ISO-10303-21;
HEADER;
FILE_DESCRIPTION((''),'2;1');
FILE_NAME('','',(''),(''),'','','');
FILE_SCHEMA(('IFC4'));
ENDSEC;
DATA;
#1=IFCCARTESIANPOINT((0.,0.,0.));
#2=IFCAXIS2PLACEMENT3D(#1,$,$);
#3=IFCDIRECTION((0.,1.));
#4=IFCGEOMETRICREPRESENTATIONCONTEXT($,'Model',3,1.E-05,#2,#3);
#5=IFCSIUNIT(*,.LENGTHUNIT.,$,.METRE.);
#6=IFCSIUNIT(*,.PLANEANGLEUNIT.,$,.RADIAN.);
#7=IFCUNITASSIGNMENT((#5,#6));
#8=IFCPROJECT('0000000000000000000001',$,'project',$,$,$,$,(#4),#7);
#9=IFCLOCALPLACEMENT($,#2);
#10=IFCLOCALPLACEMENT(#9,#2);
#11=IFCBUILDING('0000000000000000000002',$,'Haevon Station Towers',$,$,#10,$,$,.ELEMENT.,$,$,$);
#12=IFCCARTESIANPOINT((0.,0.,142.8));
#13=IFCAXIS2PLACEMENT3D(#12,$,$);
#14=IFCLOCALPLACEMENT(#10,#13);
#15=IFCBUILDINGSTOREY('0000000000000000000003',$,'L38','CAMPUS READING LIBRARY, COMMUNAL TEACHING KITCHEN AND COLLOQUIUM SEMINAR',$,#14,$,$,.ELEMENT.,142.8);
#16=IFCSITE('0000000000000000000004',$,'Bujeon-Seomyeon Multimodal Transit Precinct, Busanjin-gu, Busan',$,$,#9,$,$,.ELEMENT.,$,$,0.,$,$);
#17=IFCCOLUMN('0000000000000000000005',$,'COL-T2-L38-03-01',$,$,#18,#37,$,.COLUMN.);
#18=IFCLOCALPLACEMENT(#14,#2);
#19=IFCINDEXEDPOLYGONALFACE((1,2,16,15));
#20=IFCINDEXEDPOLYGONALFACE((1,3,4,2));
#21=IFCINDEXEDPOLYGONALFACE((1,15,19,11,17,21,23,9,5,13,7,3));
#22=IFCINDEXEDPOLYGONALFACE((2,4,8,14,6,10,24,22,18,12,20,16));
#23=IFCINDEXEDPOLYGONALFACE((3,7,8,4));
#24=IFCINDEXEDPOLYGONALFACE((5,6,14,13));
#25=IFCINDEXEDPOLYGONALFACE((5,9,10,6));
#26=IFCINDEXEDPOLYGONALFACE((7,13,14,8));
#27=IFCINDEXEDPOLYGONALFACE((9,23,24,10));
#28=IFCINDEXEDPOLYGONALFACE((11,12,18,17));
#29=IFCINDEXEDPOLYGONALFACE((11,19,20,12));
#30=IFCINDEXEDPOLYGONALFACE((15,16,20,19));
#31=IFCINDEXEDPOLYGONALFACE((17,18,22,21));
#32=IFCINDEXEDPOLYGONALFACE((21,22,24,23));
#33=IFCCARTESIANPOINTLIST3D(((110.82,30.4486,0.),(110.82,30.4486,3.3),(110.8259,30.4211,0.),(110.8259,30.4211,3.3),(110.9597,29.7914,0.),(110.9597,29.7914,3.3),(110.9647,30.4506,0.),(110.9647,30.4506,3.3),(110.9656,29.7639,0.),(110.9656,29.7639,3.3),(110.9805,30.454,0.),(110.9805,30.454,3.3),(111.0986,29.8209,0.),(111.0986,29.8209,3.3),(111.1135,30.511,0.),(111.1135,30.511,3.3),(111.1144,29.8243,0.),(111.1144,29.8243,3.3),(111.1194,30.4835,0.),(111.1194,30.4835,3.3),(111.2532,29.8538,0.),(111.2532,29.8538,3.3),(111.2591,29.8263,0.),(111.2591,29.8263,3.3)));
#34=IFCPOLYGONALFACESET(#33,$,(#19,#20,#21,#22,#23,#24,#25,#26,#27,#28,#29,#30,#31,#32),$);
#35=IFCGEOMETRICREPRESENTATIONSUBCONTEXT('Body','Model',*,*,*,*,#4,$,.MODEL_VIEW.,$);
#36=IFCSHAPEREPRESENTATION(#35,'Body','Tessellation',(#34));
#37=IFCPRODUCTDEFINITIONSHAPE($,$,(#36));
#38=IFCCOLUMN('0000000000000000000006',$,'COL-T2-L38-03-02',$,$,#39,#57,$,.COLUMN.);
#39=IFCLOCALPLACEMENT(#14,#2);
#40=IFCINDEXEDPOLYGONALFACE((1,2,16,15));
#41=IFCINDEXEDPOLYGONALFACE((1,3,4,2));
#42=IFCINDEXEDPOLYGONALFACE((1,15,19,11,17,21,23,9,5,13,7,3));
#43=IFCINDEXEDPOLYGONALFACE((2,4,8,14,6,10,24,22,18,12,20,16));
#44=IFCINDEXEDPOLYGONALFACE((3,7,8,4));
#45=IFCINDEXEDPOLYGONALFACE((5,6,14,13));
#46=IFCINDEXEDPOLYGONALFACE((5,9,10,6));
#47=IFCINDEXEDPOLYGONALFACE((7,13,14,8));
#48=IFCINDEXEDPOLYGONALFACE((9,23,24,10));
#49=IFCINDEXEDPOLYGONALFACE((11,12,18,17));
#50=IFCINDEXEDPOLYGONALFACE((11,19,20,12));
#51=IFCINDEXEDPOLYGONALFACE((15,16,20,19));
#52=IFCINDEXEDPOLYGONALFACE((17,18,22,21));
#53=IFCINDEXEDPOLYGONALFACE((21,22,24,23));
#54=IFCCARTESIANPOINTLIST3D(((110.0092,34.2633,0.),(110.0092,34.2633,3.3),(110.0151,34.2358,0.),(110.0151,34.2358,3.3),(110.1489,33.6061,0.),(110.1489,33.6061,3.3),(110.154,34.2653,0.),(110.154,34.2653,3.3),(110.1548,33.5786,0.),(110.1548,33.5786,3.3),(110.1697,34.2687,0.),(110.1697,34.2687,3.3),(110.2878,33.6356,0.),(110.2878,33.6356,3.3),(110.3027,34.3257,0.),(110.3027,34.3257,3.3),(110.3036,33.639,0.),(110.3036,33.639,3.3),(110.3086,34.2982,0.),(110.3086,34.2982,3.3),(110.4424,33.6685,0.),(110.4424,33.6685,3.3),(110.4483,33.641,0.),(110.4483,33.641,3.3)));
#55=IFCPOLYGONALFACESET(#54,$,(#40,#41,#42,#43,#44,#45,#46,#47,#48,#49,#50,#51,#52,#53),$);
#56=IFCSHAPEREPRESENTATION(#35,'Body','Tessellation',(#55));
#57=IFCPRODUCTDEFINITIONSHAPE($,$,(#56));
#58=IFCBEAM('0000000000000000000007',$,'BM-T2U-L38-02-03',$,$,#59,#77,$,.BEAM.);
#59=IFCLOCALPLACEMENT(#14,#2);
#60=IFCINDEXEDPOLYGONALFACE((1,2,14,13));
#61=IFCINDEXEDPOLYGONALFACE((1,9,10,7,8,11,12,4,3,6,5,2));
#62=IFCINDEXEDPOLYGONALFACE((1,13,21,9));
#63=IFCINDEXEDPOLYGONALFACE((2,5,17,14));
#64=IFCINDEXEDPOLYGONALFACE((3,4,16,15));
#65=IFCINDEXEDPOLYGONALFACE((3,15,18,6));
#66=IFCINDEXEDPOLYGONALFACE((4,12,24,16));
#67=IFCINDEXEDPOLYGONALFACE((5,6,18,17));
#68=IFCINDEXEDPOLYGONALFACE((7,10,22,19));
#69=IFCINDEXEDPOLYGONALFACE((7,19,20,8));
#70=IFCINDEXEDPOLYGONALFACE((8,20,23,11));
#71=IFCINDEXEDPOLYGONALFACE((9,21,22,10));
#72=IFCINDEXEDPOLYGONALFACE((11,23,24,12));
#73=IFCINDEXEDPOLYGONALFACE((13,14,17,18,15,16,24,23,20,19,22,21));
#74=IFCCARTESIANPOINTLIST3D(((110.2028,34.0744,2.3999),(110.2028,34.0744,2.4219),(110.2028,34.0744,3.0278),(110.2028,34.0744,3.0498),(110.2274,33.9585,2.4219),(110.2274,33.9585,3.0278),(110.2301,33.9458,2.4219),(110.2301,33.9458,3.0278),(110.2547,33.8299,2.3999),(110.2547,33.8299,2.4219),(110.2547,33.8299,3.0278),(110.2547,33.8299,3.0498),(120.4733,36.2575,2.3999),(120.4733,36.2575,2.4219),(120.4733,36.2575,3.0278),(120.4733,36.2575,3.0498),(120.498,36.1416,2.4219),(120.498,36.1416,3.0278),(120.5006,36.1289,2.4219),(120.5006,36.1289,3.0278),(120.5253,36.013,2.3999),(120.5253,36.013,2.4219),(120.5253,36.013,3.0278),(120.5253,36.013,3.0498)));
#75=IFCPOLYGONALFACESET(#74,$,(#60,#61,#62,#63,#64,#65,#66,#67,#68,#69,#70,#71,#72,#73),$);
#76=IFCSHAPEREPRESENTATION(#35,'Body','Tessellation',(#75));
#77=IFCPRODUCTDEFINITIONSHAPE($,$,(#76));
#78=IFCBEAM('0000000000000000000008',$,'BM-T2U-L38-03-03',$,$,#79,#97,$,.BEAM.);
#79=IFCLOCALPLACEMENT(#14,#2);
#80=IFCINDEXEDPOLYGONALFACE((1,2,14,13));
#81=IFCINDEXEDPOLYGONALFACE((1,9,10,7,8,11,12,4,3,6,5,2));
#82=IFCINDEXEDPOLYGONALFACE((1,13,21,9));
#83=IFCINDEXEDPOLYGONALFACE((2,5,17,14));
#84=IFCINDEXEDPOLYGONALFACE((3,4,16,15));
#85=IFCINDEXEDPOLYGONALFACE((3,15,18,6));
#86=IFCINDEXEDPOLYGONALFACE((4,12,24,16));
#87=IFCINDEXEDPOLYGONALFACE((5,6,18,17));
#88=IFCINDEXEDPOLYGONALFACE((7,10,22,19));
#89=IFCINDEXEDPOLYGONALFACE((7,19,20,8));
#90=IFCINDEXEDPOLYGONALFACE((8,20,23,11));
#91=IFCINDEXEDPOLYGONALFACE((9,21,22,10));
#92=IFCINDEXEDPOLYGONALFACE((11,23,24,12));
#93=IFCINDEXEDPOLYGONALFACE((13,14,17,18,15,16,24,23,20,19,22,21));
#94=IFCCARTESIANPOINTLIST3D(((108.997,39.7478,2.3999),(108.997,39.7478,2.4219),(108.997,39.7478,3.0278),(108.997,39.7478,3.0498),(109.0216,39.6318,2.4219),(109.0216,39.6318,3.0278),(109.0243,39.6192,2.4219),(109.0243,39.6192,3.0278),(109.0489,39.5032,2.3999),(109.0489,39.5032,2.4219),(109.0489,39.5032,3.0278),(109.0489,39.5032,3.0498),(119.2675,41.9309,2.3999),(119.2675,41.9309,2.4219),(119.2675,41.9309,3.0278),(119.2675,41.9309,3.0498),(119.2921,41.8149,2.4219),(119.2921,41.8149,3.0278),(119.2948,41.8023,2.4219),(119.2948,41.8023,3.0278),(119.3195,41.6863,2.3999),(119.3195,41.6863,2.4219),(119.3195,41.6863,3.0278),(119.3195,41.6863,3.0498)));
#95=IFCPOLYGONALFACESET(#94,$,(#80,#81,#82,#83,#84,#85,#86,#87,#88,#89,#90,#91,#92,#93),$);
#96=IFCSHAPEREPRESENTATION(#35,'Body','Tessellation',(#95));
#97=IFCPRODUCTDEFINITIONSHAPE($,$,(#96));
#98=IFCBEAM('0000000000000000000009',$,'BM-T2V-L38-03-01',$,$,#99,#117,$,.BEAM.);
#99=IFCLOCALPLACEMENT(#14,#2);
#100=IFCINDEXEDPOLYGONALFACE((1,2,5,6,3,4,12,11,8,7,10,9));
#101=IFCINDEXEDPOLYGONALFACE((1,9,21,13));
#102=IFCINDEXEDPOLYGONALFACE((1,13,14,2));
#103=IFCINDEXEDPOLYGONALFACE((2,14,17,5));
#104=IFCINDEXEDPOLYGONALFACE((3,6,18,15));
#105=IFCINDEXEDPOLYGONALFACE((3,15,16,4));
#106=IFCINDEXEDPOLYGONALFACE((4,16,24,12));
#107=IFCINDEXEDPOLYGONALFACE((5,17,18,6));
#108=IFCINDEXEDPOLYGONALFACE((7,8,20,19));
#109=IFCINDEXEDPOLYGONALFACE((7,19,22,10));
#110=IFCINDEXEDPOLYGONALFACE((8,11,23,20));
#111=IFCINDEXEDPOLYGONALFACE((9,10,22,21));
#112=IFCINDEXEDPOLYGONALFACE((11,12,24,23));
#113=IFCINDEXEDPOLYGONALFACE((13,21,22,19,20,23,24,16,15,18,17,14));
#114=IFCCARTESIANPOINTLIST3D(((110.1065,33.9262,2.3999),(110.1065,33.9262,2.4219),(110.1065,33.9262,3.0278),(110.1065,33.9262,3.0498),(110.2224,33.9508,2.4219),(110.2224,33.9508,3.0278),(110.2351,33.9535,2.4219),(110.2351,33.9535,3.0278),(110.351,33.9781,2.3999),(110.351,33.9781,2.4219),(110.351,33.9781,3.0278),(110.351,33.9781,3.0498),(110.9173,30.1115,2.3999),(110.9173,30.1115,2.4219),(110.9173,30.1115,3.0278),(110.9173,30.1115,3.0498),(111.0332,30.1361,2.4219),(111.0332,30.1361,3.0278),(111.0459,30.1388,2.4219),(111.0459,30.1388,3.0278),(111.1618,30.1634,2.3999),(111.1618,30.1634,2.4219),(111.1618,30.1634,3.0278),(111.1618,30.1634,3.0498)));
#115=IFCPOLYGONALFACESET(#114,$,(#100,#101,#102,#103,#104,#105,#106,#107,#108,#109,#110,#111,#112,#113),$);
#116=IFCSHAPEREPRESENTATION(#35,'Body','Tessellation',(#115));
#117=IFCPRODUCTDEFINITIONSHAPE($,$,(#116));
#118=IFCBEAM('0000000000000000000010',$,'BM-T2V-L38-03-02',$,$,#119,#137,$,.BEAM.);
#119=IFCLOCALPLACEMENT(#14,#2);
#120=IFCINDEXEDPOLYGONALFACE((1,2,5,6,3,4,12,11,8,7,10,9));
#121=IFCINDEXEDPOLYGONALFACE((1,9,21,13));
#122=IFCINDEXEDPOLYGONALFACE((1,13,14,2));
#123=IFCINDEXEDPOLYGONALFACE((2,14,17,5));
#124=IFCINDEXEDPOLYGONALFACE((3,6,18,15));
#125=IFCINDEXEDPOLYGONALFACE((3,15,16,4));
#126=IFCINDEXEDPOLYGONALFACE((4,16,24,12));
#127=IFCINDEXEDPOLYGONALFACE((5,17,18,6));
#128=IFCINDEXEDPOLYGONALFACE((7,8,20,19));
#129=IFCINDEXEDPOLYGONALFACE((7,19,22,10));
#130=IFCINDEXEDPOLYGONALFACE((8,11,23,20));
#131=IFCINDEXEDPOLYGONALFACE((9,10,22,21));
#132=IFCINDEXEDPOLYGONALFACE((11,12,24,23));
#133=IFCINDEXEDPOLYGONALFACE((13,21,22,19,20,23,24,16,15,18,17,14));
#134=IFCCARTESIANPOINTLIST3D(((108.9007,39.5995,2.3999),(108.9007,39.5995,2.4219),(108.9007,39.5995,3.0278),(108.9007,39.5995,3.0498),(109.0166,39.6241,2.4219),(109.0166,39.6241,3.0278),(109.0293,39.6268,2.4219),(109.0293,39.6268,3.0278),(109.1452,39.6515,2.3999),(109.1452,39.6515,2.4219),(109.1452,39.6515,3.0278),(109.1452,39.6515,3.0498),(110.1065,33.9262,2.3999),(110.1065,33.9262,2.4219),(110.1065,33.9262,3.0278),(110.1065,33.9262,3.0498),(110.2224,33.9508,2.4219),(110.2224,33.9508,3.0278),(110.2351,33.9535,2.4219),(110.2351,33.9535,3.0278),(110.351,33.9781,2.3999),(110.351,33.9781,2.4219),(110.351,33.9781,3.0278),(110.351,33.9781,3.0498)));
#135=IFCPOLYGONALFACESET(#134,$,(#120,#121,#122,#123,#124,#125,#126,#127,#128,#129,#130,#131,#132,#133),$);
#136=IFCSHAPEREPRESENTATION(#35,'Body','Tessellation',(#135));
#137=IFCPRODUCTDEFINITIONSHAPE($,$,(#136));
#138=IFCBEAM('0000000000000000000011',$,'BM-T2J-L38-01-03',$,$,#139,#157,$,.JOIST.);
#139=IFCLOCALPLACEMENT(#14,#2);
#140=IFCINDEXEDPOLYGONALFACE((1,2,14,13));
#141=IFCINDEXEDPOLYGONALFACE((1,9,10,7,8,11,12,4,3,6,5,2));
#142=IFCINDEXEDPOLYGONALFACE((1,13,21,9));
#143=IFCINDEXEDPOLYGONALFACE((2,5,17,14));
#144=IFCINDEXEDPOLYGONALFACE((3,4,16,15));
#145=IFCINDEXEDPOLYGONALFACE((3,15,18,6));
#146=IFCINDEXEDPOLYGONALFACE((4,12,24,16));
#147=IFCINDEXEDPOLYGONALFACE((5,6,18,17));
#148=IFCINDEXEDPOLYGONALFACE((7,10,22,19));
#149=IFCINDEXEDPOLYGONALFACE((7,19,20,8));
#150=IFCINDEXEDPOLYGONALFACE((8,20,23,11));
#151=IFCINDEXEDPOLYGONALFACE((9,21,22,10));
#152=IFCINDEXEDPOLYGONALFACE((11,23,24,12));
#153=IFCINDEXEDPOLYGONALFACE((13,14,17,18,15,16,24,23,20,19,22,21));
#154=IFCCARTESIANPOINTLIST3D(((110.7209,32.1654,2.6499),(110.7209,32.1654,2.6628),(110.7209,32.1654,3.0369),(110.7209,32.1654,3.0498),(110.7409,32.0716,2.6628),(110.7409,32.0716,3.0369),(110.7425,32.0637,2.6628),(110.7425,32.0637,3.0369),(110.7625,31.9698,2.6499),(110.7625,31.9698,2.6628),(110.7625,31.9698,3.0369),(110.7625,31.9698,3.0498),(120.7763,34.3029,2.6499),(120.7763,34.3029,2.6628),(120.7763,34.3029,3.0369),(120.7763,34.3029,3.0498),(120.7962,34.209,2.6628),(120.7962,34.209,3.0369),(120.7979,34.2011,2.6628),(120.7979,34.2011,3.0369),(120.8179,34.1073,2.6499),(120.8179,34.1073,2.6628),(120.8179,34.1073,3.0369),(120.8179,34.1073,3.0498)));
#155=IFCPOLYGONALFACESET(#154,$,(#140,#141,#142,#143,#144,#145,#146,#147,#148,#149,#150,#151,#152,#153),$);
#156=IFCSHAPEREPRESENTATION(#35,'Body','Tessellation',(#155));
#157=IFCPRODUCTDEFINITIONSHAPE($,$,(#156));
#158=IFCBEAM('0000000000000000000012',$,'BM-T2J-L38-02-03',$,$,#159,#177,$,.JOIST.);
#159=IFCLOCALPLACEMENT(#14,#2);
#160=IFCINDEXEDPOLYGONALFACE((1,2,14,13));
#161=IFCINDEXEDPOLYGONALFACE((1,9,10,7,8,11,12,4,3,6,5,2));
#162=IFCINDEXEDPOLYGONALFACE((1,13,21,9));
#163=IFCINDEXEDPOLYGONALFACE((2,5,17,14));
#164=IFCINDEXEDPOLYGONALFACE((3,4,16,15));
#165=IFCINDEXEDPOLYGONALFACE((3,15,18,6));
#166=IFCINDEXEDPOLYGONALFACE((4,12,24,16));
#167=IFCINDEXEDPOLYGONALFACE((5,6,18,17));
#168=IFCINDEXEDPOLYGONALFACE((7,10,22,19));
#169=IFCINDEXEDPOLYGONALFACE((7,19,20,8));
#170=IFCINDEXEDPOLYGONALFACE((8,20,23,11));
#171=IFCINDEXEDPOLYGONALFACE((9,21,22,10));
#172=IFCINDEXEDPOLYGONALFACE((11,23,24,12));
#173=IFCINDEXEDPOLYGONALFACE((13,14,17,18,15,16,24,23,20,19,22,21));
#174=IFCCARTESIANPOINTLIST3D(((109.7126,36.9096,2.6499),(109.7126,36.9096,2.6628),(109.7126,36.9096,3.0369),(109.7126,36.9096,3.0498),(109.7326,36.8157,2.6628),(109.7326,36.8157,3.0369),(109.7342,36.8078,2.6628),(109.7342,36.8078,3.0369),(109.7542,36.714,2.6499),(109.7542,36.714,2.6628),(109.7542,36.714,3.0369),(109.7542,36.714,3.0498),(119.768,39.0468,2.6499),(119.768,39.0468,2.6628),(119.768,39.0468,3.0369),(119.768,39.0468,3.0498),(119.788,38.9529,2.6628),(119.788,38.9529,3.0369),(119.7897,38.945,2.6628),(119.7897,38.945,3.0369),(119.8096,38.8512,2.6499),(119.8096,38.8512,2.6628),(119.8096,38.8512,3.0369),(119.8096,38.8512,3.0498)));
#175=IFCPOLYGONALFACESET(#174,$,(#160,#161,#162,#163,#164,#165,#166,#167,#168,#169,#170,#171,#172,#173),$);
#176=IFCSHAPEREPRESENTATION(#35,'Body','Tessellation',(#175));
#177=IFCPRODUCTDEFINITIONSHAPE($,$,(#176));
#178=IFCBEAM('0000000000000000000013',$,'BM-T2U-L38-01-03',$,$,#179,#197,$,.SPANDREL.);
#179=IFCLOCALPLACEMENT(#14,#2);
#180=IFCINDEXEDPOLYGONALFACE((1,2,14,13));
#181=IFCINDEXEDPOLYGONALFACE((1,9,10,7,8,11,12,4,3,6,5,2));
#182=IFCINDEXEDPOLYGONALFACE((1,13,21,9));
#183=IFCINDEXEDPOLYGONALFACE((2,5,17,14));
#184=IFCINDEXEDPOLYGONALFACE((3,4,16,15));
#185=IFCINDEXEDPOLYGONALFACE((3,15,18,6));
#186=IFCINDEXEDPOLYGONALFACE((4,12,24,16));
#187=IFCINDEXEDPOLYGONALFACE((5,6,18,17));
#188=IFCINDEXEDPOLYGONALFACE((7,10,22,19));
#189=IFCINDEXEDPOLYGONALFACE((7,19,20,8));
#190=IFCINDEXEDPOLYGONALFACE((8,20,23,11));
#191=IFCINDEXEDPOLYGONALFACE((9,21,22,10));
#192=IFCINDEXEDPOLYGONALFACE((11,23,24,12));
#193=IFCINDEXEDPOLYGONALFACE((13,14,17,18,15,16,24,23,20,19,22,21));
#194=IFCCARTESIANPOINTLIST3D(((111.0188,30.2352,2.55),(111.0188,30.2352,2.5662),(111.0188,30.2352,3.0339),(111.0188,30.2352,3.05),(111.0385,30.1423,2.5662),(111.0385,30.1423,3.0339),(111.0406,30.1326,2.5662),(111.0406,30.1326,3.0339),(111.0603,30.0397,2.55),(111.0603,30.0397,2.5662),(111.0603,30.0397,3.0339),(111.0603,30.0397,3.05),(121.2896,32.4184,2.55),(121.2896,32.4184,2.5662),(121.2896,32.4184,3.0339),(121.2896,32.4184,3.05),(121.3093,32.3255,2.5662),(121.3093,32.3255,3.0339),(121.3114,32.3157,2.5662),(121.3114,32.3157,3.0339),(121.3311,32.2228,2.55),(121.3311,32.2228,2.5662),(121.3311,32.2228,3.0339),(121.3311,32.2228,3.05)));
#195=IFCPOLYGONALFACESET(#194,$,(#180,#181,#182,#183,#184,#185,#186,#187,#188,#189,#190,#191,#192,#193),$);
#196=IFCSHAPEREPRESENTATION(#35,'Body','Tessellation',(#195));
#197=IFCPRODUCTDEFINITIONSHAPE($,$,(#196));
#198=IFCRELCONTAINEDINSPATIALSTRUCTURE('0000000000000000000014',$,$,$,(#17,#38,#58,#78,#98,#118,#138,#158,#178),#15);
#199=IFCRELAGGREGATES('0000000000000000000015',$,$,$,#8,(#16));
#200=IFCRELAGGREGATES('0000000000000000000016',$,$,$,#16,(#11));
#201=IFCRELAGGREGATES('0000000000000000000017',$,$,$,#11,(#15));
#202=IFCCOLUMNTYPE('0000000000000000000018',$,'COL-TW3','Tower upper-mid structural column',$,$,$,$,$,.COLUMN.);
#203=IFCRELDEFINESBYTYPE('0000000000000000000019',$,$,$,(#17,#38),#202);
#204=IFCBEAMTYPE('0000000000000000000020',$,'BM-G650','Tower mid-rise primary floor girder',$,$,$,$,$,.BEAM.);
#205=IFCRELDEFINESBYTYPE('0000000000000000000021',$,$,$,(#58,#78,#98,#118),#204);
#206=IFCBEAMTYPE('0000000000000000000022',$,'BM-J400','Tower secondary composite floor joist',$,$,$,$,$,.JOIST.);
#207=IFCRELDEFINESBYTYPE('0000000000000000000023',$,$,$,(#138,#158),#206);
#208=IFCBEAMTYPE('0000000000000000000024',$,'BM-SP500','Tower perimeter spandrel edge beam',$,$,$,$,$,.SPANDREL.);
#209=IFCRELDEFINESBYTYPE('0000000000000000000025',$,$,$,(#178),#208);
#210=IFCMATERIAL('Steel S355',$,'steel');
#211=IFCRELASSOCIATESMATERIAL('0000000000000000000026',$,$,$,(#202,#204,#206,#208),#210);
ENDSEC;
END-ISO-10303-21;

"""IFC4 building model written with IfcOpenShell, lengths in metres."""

from ifc_helpers import new_model, si_unit, direction, frame, origin, origin_2d, place, context, subcontext, project, spatial, i_section, extrude, material, material_profile, profile_set, type_object, element, save


model = new_model("IFC4")

# Units and contexts
model_context = context("Model", 3, precision=1e-05, world=origin(), true_north=direction((0.0, 1.0)))
body_context = subcontext(model_context, "Body", "Model", "MODEL_VIEW")
ifc_project = project(units=[si_unit("LENGTHUNIT", "METRE"), si_unit("PLANEANGLEUNIT", "RADIAN")], contexts=[model_context])

# Site, building, storey
site_placement = place(None, origin())
site = spatial("IfcSite", under=ifc_project, at=site_placement, Name="Bujeon-Seomyeon Multimodal Transit Precinct, Busanjin-gu, Busan", CompositionType="ELEMENT", RefElevation=0.0)
building_placement = place(site_placement, origin())
building = spatial("IfcBuilding", under=site, at=building_placement, Name="Haevon Station Towers", CompositionType="ELEMENT")
storey_placement = place(building_placement, frame((0.0, 0.0, 142.8)))
storey = spatial("IfcBuildingStorey", under=building, at=storey_placement, Name="L38", Description="CAMPUS READING LIBRARY, COMMUNAL TEACHING KITCHEN AND COLLOQUIUM SEMINAR", CompositionType="ELEMENT", Elevation=142.8)

# Columns
ifc_material_1 = material(Name="Steel S355", Category="steel")
ifc_material_profile_1 = material_profile(ifc_material_1, i_section(OverallWidth=0.3, OverallDepth=0.7, WebThickness=0.0161, FlangeThickness=0.0281, at=origin_2d()), Name="H-700x300x16x28")
ifc_profile_set_1 = profile_set([ifc_material_profile_1], Name="Steel S355")
column_type = type_object("IfcColumnType", Name="COL-TW3", Description="Tower upper-mid structural column", PredefinedType="COLUMN", material=ifc_profile_set_1)
for number, where, z_axis, x_axis, name in (
    (1, (111.0396, 30.1375, 0.0), (0.0, 0.0, 1.0), (0.978148, 0.207912, 0.0), "COL-T2-L38-03-01"),
    (2, (110.2288, 33.9521, 0.0), (0.0, 0.0, 1.0), (0.978148, 0.207912, 0.0), "COL-T2-L38-03-02"),
):
    element("IfcColumn", number, at=place(storey_placement, frame(where, z_axis=z_axis, x_axis=x_axis)), inside=storey, type_object=column_type, Name=name, PredefinedType="COLUMN", context=body_context, shape_type="SweptSolid", body=[
        extrude(i_section(OverallWidth=0.3, OverallDepth=0.7, WebThickness=0.0161, FlangeThickness=0.0281, at=origin_2d()), origin(), (0.0, 0.0, 1.0), 3.3),
    ])

# Beams
ifc_material_profile_2 = material_profile(ifc_material_1, i_section(OverallWidth=0.25, OverallDepth=0.6499, WebThickness=0.0129, FlangeThickness=0.022, at=origin_2d()), Name="H-650x250x13x22")
ifc_profile_set_2 = profile_set([ifc_material_profile_2], Name="Steel S355")
beam_type_1 = type_object("IfcBeamType", Name="BM-G650", Description="Tower mid-rise primary floor girder", PredefinedType="BEAM", material=ifc_profile_set_2)
for number, where, z_axis, x_axis, name in (
    (3, (110.2288, 33.9521, 2.7249), (0.978147, 0.207915, 0.0), (-0.207915, 0.978147, 0.0), "BM-T2U-L38-02-03"),
    (4, (109.0229, 39.6255, 2.7249), (0.978147, 0.207915, 0.0), (-0.207915, 0.978147, 0.0), "BM-T2U-L38-03-03"),
):
    element("IfcBeam", number, at=place(storey_placement, frame(where, z_axis=z_axis, x_axis=x_axis)), inside=storey, type_object=beam_type_1, Name=name, PredefinedType="BEAM", context=body_context, shape_type="SweptSolid", body=[
        extrude(i_section(OverallWidth=0.25, OverallDepth=0.6499, WebThickness=0.0129, FlangeThickness=0.022, at=origin_2d()), origin(), (0.0, 0.0, 1.0), 10.5),
    ])
beam_1_placement = place(storey_placement, frame((111.0396, 30.1375, 2.7249), z_axis=(-0.2079, 0.97815, 0.0), x_axis=(-0.97815, -0.2079, 0.0)))
element("IfcBeam", 5, at=beam_1_placement, inside=storey, type_object=beam_type_1, Name="BM-T2V-L38-03-01", PredefinedType="BEAM", context=body_context, shape_type="SweptSolid", body=[
    extrude(i_section(OverallWidth=0.25, OverallDepth=0.6499, WebThickness=0.0129, FlangeThickness=0.022, at=origin_2d()), origin(), (0.0, 0.0, 1.0), 3.8999),
])
beam_2_placement = place(storey_placement, frame((110.2288, 33.9521, 2.7249), z_axis=(-0.207896, 0.978151, 0.0), x_axis=(-0.978151, -0.207896, 0.0)))
element("IfcBeam", 6, at=beam_2_placement, inside=storey, type_object=beam_type_1, Name="BM-T2V-L38-03-02", PredefinedType="BEAM", context=body_context, shape_type="SweptSolid", body=[
    extrude(i_section(OverallWidth=0.25, OverallDepth=0.6499, WebThickness=0.0129, FlangeThickness=0.022, at=origin_2d()), origin(), (0.0, 0.0, 1.0), 5.8),
])
ifc_material_profile_3 = material_profile(ifc_material_1, i_section(OverallWidth=0.2, OverallDepth=0.3999, WebThickness=0.0081, FlangeThickness=0.0129, at=origin_2d()), Name="H-400x200x8x13")
ifc_profile_set_3 = profile_set([ifc_material_profile_3], Name="Steel S355")
beam_type_2 = type_object("IfcBeamType", Name="BM-J400", Description="Tower secondary composite floor joist", PredefinedType="JOIST", material=ifc_profile_set_3)
for number, where, z_axis, x_axis, name in (
    (7, (110.7417, 32.0676, 2.8499), (0.978146, 0.207922, 0.0), (-0.207922, 0.978146, 0.0), "BM-T2J-L38-01-03"),
    (8, (109.7334, 36.8118, 2.8499), (0.97815, 0.207899, 0.0), (-0.207899, 0.97815, 0.0), "BM-T2J-L38-02-03"),
):
    element("IfcBeam", number, at=place(storey_placement, frame(where, z_axis=z_axis, x_axis=x_axis)), inside=storey, type_object=beam_type_2, Name=name, PredefinedType="JOIST", context=body_context, shape_type="SweptSolid", body=[
        extrude(i_section(OverallWidth=0.2, OverallDepth=0.3999, WebThickness=0.0081, FlangeThickness=0.0129, at=origin_2d()), origin(), (0.0, 0.0, 1.0), 10.28),
    ])
ifc_material_profile_4 = material_profile(ifc_material_1, i_section(OverallWidth=0.2, OverallDepth=0.5, WebThickness=0.01, FlangeThickness=0.0161, at=origin_2d()), Name="H-500x200x10x16")
ifc_profile_set_4 = profile_set([ifc_material_profile_4], Name="Steel S355")
beam_type_3 = type_object("IfcBeamType", Name="BM-SP500", Description="Tower perimeter spandrel edge beam", PredefinedType="SPANDREL", material=ifc_profile_set_4)
beam_3_placement = place(storey_placement, frame((111.0396, 30.1375, 2.8), z_axis=(0.978148, 0.207911, 0.0), x_axis=(-0.207911, 0.978148, 0.0)))
element("IfcBeam", 9, at=beam_3_placement, inside=storey, type_object=beam_type_3, Name="BM-T2U-L38-01-03", PredefinedType="SPANDREL", context=body_context, shape_type="SweptSolid", body=[
    extrude(i_section(OverallWidth=0.2, OverallDepth=0.5, WebThickness=0.01, FlangeThickness=0.0161, at=origin_2d()), origin(), (0.0, 0.0, 1.0), 10.5002),
])

save(model, "model.ifc")
